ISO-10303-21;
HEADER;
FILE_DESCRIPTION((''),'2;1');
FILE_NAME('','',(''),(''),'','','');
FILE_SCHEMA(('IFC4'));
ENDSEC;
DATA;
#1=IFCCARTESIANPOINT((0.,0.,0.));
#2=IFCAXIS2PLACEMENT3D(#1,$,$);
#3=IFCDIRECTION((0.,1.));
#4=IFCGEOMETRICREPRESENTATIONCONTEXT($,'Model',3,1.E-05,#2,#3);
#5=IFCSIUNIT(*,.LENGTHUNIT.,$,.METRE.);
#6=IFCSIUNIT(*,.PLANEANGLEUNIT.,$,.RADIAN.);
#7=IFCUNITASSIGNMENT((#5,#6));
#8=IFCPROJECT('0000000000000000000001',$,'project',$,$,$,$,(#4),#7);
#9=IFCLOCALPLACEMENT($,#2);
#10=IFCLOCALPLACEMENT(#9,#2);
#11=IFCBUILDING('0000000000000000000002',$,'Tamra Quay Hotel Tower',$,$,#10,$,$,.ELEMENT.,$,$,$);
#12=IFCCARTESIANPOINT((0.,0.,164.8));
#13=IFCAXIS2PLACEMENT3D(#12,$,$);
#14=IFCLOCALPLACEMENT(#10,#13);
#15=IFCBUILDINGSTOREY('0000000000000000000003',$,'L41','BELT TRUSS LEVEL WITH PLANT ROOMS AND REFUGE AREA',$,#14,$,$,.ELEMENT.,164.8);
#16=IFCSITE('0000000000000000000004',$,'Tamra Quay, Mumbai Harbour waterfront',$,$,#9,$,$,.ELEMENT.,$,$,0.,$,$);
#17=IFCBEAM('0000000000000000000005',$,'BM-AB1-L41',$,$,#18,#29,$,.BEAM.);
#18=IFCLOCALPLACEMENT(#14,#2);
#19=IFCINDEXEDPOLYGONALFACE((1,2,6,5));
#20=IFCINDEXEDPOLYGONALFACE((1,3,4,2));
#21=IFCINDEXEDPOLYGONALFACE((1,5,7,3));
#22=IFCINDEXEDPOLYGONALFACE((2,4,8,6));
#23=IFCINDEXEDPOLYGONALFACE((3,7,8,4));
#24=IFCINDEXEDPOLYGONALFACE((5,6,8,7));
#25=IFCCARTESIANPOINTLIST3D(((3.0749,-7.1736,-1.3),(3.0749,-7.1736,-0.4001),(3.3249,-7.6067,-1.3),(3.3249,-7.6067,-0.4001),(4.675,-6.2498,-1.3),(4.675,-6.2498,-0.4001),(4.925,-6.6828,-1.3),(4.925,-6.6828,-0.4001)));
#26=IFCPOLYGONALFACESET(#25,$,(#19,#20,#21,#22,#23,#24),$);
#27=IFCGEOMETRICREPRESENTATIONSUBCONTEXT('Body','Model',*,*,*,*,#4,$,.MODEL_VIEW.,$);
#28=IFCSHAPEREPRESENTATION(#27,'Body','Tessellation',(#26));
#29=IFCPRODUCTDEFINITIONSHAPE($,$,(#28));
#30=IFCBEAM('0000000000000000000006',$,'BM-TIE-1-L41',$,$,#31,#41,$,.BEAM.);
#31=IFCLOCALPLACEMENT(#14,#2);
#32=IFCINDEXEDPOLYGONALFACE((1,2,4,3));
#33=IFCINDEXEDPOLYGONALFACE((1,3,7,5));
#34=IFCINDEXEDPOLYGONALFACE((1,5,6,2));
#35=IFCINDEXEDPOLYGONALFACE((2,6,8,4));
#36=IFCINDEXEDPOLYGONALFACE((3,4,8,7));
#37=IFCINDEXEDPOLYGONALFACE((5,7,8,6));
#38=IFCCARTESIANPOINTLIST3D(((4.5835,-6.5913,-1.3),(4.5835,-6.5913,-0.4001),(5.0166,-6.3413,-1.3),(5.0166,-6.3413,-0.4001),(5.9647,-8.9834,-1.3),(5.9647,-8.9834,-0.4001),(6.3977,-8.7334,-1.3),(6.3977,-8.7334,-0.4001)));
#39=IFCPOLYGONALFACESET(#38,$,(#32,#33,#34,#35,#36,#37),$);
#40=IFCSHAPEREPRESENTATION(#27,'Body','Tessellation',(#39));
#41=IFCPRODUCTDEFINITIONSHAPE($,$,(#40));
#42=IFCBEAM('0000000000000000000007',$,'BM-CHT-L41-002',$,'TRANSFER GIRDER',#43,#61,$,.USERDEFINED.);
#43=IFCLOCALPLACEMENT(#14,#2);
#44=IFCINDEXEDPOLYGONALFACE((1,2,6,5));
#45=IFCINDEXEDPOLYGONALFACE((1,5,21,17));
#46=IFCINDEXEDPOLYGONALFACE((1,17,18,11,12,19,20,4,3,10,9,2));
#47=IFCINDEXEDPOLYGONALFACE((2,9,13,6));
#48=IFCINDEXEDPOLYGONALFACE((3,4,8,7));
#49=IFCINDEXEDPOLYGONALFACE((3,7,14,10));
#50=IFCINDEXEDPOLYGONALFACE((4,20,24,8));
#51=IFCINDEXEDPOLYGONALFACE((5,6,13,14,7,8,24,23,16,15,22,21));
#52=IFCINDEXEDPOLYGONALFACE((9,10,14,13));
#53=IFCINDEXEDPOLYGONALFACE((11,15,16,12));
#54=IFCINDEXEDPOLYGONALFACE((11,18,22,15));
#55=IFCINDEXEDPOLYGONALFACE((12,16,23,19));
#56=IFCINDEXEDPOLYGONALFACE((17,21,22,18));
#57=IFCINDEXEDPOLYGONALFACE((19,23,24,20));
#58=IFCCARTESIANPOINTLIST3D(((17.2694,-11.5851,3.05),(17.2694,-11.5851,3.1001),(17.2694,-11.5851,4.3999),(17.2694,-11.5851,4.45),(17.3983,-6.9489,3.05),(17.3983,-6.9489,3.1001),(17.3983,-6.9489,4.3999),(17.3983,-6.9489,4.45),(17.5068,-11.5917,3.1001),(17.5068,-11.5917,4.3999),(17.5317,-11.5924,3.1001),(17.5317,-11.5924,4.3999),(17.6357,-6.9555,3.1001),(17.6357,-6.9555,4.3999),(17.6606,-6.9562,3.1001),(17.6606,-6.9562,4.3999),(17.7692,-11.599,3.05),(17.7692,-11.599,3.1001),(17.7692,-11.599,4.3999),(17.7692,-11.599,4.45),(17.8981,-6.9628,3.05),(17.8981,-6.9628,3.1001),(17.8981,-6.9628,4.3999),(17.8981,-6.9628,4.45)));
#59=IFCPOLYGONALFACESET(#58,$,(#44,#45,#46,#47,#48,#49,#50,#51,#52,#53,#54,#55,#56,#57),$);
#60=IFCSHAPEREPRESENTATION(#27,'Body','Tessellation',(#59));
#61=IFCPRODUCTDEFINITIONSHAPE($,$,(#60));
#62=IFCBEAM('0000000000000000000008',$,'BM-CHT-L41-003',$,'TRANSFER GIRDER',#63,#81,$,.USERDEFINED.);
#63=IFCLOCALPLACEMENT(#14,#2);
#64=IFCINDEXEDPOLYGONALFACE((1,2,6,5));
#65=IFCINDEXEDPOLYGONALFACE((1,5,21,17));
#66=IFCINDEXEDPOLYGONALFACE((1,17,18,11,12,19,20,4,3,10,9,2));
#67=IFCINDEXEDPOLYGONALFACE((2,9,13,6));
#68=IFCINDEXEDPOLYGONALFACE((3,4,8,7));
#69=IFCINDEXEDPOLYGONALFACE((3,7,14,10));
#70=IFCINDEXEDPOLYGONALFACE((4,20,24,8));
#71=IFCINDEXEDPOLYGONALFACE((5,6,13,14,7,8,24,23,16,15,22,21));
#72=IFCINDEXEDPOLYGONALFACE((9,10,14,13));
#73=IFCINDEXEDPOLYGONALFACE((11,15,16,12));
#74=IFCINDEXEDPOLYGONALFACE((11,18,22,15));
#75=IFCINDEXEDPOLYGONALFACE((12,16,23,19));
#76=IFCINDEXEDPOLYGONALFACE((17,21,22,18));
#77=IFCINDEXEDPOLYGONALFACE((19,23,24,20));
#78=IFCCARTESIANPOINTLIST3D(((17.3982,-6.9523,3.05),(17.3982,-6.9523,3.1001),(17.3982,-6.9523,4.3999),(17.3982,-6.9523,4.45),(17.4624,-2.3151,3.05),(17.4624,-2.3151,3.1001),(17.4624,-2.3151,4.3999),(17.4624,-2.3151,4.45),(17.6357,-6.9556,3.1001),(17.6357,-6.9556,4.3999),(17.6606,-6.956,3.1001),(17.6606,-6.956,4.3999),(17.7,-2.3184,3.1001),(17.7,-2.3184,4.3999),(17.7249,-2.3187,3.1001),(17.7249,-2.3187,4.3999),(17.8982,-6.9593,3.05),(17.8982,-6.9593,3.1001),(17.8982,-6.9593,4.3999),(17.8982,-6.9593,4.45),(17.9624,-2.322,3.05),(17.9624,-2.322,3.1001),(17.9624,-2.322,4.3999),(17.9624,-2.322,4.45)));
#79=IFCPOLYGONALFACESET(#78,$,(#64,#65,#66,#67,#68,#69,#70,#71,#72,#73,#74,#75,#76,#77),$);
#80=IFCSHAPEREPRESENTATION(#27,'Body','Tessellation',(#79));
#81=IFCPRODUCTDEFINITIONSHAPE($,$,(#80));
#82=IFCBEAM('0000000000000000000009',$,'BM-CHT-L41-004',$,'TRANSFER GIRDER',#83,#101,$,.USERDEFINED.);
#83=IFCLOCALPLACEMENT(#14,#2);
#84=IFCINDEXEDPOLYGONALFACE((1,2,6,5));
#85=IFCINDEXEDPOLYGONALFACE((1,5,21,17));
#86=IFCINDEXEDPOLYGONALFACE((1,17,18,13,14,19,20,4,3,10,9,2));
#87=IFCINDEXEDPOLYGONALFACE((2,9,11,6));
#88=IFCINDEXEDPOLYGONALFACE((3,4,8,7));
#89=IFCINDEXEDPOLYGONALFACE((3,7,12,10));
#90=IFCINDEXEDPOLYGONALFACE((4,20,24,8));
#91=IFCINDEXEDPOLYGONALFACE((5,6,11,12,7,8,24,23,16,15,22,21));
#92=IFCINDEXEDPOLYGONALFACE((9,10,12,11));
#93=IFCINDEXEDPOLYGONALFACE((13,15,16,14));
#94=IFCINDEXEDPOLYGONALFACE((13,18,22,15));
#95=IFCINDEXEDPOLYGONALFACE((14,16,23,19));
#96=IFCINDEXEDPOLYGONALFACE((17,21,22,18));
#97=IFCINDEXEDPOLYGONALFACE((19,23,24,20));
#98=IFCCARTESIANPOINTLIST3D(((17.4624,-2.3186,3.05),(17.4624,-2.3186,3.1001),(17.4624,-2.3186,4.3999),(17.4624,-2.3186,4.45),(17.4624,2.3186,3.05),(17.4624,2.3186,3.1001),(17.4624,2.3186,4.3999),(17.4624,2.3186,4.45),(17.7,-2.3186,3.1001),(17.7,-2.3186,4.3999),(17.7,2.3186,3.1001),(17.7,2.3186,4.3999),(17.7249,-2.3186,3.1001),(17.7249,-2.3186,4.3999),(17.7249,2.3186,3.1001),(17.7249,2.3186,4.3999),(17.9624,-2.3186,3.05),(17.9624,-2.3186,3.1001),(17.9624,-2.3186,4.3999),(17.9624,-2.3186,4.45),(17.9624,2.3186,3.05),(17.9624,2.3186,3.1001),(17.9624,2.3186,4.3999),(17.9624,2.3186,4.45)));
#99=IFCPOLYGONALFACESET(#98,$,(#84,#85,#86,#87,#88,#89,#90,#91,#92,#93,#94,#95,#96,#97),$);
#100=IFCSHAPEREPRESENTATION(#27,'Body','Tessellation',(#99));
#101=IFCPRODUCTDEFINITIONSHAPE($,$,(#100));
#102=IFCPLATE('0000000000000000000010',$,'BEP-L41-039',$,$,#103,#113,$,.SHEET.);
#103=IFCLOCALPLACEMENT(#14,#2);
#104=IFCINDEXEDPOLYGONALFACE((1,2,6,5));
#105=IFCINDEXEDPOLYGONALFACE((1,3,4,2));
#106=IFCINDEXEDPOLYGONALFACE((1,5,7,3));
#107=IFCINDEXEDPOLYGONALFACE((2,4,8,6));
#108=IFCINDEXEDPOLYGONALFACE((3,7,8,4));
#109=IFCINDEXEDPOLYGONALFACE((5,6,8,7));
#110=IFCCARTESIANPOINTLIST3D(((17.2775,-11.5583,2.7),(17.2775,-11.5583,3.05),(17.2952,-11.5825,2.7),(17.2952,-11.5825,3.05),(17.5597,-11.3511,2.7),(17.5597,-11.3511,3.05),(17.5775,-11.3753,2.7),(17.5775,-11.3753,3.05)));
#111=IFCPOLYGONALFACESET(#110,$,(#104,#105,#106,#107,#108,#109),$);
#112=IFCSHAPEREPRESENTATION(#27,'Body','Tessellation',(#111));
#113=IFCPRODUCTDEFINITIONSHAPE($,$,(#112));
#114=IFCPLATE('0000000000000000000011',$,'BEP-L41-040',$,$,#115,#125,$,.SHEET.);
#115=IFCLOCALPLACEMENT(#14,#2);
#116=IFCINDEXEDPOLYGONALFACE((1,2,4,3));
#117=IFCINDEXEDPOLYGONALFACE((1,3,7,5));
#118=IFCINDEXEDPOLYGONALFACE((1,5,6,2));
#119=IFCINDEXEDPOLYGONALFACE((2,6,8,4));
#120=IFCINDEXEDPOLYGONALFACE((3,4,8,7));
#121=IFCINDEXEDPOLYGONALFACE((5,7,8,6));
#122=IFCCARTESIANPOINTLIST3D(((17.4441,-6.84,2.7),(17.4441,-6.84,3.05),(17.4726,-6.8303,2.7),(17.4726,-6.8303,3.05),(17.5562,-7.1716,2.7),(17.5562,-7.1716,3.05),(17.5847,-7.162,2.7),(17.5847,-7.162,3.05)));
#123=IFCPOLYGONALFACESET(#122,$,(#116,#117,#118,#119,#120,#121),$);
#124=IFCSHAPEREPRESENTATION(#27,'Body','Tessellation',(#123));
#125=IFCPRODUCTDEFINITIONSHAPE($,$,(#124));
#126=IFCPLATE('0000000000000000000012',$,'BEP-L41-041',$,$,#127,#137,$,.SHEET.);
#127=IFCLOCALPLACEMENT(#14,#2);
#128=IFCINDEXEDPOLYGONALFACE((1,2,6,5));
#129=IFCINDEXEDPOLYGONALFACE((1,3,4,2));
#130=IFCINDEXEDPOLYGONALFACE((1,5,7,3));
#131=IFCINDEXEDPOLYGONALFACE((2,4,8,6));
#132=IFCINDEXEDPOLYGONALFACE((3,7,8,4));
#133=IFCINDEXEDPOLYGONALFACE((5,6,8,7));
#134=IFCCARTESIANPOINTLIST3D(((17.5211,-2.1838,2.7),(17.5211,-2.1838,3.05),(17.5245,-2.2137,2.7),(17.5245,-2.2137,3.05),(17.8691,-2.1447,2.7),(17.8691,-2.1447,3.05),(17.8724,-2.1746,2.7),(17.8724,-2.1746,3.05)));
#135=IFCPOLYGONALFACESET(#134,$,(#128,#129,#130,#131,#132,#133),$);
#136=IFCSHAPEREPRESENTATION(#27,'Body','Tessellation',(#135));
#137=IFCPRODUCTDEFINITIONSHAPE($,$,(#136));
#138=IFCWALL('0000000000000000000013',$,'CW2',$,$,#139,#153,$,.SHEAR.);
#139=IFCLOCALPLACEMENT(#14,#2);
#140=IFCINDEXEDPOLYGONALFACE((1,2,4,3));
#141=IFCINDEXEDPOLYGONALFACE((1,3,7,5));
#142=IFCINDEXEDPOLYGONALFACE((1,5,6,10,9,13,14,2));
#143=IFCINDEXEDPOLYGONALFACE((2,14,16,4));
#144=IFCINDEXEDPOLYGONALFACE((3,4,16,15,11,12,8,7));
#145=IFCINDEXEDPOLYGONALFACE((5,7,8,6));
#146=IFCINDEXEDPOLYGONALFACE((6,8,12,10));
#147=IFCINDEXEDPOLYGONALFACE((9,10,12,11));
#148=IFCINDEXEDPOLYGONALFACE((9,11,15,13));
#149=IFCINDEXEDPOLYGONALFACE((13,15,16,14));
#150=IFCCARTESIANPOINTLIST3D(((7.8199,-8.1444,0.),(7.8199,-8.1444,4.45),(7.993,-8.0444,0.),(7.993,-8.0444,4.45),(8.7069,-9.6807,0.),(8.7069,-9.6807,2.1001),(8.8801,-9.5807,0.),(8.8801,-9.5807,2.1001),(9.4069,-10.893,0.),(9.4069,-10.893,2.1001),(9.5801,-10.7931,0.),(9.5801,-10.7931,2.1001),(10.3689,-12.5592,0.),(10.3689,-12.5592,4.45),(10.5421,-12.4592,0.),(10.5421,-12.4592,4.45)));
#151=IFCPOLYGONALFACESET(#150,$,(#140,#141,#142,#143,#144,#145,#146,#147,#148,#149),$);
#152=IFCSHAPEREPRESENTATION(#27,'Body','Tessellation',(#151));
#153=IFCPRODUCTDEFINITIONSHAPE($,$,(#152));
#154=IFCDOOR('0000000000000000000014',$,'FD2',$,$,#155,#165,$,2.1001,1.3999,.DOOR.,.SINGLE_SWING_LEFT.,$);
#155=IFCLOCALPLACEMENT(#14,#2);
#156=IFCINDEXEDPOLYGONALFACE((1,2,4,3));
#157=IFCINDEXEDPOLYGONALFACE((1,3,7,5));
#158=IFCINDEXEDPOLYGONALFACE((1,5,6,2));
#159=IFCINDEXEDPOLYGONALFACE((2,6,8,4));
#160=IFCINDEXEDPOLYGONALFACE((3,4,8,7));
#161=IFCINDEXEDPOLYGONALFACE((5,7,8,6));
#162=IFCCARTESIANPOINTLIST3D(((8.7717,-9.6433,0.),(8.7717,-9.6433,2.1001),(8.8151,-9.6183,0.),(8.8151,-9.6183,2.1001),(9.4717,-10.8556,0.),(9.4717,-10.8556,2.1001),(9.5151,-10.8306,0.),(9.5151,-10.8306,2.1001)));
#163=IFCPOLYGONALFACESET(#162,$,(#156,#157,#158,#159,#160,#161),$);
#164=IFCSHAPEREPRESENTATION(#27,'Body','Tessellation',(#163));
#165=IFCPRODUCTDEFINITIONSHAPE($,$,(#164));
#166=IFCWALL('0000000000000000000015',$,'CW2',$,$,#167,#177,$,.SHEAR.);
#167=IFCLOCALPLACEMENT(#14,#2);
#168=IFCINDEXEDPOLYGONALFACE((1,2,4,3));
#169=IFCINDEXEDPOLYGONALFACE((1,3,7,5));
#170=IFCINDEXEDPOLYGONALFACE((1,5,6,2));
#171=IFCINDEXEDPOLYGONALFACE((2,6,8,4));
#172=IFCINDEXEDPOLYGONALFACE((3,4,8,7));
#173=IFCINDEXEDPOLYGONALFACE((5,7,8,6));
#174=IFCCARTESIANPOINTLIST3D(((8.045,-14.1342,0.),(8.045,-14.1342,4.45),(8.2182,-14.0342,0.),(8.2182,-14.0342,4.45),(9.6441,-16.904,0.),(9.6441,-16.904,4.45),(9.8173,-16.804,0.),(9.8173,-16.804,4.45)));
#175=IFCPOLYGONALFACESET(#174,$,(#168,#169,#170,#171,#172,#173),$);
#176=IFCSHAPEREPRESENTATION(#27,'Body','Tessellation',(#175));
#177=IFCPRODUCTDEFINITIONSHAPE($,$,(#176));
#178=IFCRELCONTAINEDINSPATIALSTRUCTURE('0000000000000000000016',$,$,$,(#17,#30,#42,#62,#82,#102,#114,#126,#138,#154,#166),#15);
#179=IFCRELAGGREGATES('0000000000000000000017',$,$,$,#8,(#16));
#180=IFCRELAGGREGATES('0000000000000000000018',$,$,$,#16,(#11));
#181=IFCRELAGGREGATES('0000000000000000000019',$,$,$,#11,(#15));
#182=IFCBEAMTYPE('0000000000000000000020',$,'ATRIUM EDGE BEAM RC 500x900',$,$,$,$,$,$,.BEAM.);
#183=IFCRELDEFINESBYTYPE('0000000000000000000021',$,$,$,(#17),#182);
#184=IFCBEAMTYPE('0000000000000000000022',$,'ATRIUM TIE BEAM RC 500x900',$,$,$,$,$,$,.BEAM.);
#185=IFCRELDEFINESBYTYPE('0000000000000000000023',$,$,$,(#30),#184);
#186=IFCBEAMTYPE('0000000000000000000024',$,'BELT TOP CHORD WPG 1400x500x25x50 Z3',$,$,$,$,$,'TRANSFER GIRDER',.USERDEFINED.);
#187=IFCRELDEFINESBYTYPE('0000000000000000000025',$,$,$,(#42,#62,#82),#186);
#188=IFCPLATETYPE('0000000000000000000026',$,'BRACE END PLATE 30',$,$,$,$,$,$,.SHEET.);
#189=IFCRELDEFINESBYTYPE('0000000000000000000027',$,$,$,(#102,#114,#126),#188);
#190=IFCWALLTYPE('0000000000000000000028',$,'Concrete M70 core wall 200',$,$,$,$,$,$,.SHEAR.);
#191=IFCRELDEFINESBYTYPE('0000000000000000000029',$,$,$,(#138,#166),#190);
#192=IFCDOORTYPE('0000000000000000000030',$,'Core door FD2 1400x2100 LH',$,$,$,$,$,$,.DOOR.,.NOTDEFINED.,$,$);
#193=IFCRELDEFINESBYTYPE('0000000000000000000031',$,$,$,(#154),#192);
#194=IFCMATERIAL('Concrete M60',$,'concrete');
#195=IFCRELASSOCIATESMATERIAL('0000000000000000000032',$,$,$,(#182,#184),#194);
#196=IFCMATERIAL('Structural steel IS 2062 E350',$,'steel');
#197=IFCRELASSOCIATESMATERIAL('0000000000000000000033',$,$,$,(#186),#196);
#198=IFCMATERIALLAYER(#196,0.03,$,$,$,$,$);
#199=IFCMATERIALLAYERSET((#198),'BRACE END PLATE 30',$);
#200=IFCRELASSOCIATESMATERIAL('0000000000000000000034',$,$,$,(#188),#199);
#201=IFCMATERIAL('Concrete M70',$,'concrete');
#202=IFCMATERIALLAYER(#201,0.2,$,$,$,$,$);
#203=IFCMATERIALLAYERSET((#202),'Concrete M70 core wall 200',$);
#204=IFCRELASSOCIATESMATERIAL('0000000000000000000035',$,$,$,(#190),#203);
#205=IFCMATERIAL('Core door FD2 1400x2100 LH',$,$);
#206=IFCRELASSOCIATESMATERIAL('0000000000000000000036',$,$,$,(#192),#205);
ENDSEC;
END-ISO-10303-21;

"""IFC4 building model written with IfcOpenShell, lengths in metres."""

from ifc_helpers import new_model, si_unit, direction, frame, frame_2d, origin, origin_2d, place, context, subcontext, project, spatial, rectangle, i_section, extrude, material, layer, layer_set, material_profile, profile_set, type_object, element, fill, save


model = new_model("IFC4")

# Units and contexts
model_context = context("Model", 3, precision=1e-05, world=origin(), true_north=direction((0.0, 1.0)))
body_context = subcontext(model_context, "Body", "Model", "MODEL_VIEW")
ifc_project = project(units=[si_unit("LENGTHUNIT", "METRE"), si_unit("PLANEANGLEUNIT", "RADIAN")], contexts=[model_context])

# Site, building, storey
site_placement = place(None, origin())
site = spatial("IfcSite", under=ifc_project, at=site_placement, Name="Tamra Quay, Mumbai Harbour waterfront", CompositionType="ELEMENT", RefElevation=0.0)
building_placement = place(site_placement, origin())
building = spatial("IfcBuilding", under=site, at=building_placement, Name="Tamra Quay Hotel Tower", CompositionType="ELEMENT")
storey_placement = place(building_placement, frame((0.0, 0.0, 164.8)))
storey = spatial("IfcBuildingStorey", under=building, at=storey_placement, Name="L41", Description="BELT TRUSS LEVEL WITH PLANT ROOMS AND REFUGE AREA", CompositionType="ELEMENT", Elevation=164.8)

# Beams
ifc_material_1 = material(Name="Concrete M60", Category="concrete")
ifc_material_profile_1 = material_profile(ifc_material_1, rectangle(XDim=0.5, YDim=0.8999, at=origin_2d()), Name="ATRIUM EDGE BEAM RC 500x900")
ifc_profile_set_1 = profile_set([ifc_material_profile_1], Name="Concrete M60")
beam_type_1 = type_object("IfcBeamType", Name="ATRIUM EDGE BEAM RC 500x900", PredefinedType="BEAM", material=ifc_profile_set_1)
beam_1_placement = place(storey_placement, frame((4.8, -6.4663, -0.8501), z_axis=(-0.866023, -0.500005, 0.0), x_axis=(0.500005, -0.866023, 0.0)))
element("IfcBeam", 1, at=beam_1_placement, inside=storey, type_object=beam_type_1, Name="BM-AB1-L41", PredefinedType="BEAM", context=body_context, shape_type="SweptSolid", body=[
    extrude(rectangle(XDim=0.5, YDim=0.8999, at=origin_2d()), origin(), (0.0, 0.0, 1.0), 1.8477),
])
ifc_material_profile_2 = material_profile(ifc_material_1, rectangle(XDim=0.5, YDim=0.8999, at=origin_2d()), Name="ATRIUM TIE BEAM RC 500x900")
ifc_profile_set_2 = profile_set([ifc_material_profile_2], Name="Concrete M60")
beam_type_2 = type_object("IfcBeamType", Name="ATRIUM TIE BEAM RC 500x900", PredefinedType="BEAM", material=ifc_profile_set_2)
beam_2_placement = place(storey_placement, frame((4.8, -6.4663, -0.8501), z_axis=(0.500008, -0.866021, 0.0), x_axis=(0.866021, 0.500008, 0.0)))
element("IfcBeam", 2, at=beam_2_placement, inside=storey, type_object=beam_type_2, Name="BM-TIE-1-L41", PredefinedType="BEAM", context=body_context, shape_type="SweptSolid", body=[
    extrude(rectangle(XDim=0.5, YDim=0.8999, at=origin_2d()), origin(), (0.0, 0.0, 1.0), 2.7622),
])
ifc_material_2 = material(Name="Structural steel IS 2062 E350", Category="steel")
ifc_material_profile_3 = material_profile(ifc_material_2, i_section(OverallWidth=0.5, OverallDepth=1.3999, WebThickness=0.0249, FlangeThickness=0.05, at=origin_2d()), Name="WPG 1400x500x25x50")
ifc_profile_set_3 = profile_set([ifc_material_profile_3], Name="Structural steel IS 2062 E350")
beam_type_3 = type_object("IfcBeamType", Name="BELT TOP CHORD WPG 1400x500x25x50 Z3", ElementType="TRANSFER GIRDER", PredefinedType="USERDEFINED", material=ifc_profile_set_3)
beam_3_placement = place(storey_placement, frame((17.5193, -11.592, 3.75), z_axis=(0.027793, 0.999614, 0.0), x_axis=(-0.999614, 0.027793, 0.0)))
element("IfcBeam", 3, at=beam_3_placement, inside=storey, type_object=beam_type_3, Name="BM-CHT-L41-002", ObjectType="TRANSFER GIRDER", PredefinedType="USERDEFINED", context=body_context, shape_type="SweptSolid", body=[
    extrude(i_section(OverallWidth=0.5, OverallDepth=1.3999, WebThickness=0.0249, FlangeThickness=0.05, at=origin_2d()), origin(), (0.0, 0.0, 1.0), 4.6379),
])
beam_4_placement = place(storey_placement, frame((17.6482, -6.9558, 3.75), z_axis=(0.013845, 0.999904, 0.0), x_axis=(-0.999904, 0.013845, 0.0)))
element("IfcBeam", 4, at=beam_4_placement, inside=storey, type_object=beam_type_3, Name="BM-CHT-L41-003", ObjectType="TRANSFER GIRDER", PredefinedType="USERDEFINED", context=body_context, shape_type="SweptSolid", body=[
    extrude(i_section(OverallWidth=0.5, OverallDepth=1.3999, WebThickness=0.0249, FlangeThickness=0.05, at=origin_2d()), origin(), (0.0, 0.0, 1.0), 4.6377),
])
beam_5_placement = place(storey_placement, frame((17.7124, -2.3186, 3.75), z_axis=(0.0, 1.0, 0.0), x_axis=(-1.0, 0.0, 0.0)))
element("IfcBeam", 5, at=beam_5_placement, inside=storey, type_object=beam_type_3, Name="BM-CHT-L41-004", ObjectType="TRANSFER GIRDER", PredefinedType="USERDEFINED", context=body_context, shape_type="SweptSolid", body=[
    extrude(i_section(OverallWidth=0.5, OverallDepth=1.3999, WebThickness=0.0249, FlangeThickness=0.05, at=origin_2d()), origin(), (0.0, 0.0, 1.0), 4.6372),
])

# Plates
ifc_layer_1 = layer(ifc_material_2, 0.03)
ifc_layer_set_1 = layer_set([ifc_layer_1], Name="BRACE END PLATE 30")
plate_type = type_object("IfcPlateType", Name="BRACE END PLATE 30", PredefinedType="SHEET", material=ifc_layer_set_1)
for number, where, z_axis, x_axis, name in (
    (6, (17.4275, -11.4668, 2.7), (0.0, 0.0, 1.0), (-0.591612, 0.806223, 0.0), "BEP-L41-039"),
    (7, (17.5144, -7.001, 2.7), (0.0, 0.0, 1.0), (0.947334, 0.320246, 0.0), "BEP-L41-040"),
    (8, (17.6968, -2.1792, 2.7), (0.0, 0.0, 1.0), (-0.111686, 0.993744, 0.0), "BEP-L41-041"),
):
    element("IfcPlate", number, at=place(storey_placement, frame(where, z_axis=z_axis, x_axis=x_axis)), inside=storey, type_object=plate_type, Name=name, PredefinedType="SHEET", context=body_context, shape_type="SweptSolid", body=[
        extrude(rectangle(XDim=0.03, YDim=0.3501, at=origin_2d()), origin(), (0.0, 0.0, 1.0), 0.3501),
    ])

# Wall, opening, door
ifc_material_3 = material(Name="Concrete M70", Category="concrete")
ifc_layer_2 = layer(ifc_material_3, 0.2)
ifc_layer_set_2 = layer_set([ifc_layer_2], Name="Concrete M70 core wall 200")
wall_type_1 = type_object("IfcWallType", Name="Concrete M70 core wall 200", PredefinedType="SHEAR", material=ifc_layer_set_2)
wall_1_placement = place(storey_placement, frame((7.9065, -8.0945, 0.0), z_axis=(0.0, 0.0, 1.0), x_axis=(0.500028, -0.866009, 0.0)))
wall_1 = element("IfcWall", 9, at=wall_1_placement, inside=storey, type_object=wall_type_1, Name="CW2", PredefinedType="SHEAR", context=body_context, shape_type="SweptSolid", body=[
    extrude(rectangle(XDim=5.0979, YDim=0.2, at=frame_2d((2.5488, 0.0))), origin(), (0.0, 0.0, 1.0), 4.45),
])
opening_1_placement = place(wall_1_placement, frame((1.7739, 0.0, 0.0)))
opening_1 = element("IfcOpeningElement", 10, at=opening_1_placement, cuts=wall_1, PredefinedType="OPENING", context=body_context, shape_type="SweptSolid", body=[
    extrude(rectangle(XDim=1.3999, YDim=2.1001, at=frame_2d((0.7, 1.05))), frame((0.0, 0.1099, 0.0), z_axis=(0.0, -1.0, 0.0), x_axis=(1.0, 0.0, 0.0)), (0.0, 0.0, 1.0), 0.22),
])
ifc_material_4 = material(Name="Core door FD2 1400x2100 LH")
door_type_1 = type_object("IfcDoorType", Name="Core door FD2 1400x2100 LH", OperationType="NOTDEFINED", PredefinedType="DOOR", material=ifc_material_4)
door_1_placement = place(opening_1_placement, origin())
door_1 = element("IfcDoor", 11, at=door_1_placement, inside=storey, type_object=door_type_1, Name="FD2", OperationType="SINGLE_SWING_LEFT", OverallHeight=2.1001, OverallWidth=1.3999, PredefinedType="DOOR", context=body_context, shape_type="SweptSolid", body=[
    extrude(rectangle(XDim=1.3999, YDim=2.1001, at=frame_2d((0.7, 1.05))), frame((0.0, 0.0249, 0.0), z_axis=(0.0, -1.0, 0.0), x_axis=(1.0, 0.0, 0.0)), (0.0, 0.0, 1.0), 0.05),
])
fill(opening_1, door_1)

# Wall
wall_2_placement = place(storey_placement, frame((8.1316, -14.0842, 0.0), z_axis=(0.0, 0.0, 1.0), x_axis=(0.499998, -0.866027, 0.0)))
element("IfcWall", 12, at=wall_2_placement, inside=storey, type_object=wall_type_1, Name="CW2", PredefinedType="SHEAR", context=body_context, shape_type="SweptSolid", body=[
    extrude(rectangle(XDim=3.1982, YDim=0.2, at=frame_2d((1.5991, 0.0))), origin(), (0.0, 0.0, 1.0), 4.45),
])

save(model, "model.ifc")
